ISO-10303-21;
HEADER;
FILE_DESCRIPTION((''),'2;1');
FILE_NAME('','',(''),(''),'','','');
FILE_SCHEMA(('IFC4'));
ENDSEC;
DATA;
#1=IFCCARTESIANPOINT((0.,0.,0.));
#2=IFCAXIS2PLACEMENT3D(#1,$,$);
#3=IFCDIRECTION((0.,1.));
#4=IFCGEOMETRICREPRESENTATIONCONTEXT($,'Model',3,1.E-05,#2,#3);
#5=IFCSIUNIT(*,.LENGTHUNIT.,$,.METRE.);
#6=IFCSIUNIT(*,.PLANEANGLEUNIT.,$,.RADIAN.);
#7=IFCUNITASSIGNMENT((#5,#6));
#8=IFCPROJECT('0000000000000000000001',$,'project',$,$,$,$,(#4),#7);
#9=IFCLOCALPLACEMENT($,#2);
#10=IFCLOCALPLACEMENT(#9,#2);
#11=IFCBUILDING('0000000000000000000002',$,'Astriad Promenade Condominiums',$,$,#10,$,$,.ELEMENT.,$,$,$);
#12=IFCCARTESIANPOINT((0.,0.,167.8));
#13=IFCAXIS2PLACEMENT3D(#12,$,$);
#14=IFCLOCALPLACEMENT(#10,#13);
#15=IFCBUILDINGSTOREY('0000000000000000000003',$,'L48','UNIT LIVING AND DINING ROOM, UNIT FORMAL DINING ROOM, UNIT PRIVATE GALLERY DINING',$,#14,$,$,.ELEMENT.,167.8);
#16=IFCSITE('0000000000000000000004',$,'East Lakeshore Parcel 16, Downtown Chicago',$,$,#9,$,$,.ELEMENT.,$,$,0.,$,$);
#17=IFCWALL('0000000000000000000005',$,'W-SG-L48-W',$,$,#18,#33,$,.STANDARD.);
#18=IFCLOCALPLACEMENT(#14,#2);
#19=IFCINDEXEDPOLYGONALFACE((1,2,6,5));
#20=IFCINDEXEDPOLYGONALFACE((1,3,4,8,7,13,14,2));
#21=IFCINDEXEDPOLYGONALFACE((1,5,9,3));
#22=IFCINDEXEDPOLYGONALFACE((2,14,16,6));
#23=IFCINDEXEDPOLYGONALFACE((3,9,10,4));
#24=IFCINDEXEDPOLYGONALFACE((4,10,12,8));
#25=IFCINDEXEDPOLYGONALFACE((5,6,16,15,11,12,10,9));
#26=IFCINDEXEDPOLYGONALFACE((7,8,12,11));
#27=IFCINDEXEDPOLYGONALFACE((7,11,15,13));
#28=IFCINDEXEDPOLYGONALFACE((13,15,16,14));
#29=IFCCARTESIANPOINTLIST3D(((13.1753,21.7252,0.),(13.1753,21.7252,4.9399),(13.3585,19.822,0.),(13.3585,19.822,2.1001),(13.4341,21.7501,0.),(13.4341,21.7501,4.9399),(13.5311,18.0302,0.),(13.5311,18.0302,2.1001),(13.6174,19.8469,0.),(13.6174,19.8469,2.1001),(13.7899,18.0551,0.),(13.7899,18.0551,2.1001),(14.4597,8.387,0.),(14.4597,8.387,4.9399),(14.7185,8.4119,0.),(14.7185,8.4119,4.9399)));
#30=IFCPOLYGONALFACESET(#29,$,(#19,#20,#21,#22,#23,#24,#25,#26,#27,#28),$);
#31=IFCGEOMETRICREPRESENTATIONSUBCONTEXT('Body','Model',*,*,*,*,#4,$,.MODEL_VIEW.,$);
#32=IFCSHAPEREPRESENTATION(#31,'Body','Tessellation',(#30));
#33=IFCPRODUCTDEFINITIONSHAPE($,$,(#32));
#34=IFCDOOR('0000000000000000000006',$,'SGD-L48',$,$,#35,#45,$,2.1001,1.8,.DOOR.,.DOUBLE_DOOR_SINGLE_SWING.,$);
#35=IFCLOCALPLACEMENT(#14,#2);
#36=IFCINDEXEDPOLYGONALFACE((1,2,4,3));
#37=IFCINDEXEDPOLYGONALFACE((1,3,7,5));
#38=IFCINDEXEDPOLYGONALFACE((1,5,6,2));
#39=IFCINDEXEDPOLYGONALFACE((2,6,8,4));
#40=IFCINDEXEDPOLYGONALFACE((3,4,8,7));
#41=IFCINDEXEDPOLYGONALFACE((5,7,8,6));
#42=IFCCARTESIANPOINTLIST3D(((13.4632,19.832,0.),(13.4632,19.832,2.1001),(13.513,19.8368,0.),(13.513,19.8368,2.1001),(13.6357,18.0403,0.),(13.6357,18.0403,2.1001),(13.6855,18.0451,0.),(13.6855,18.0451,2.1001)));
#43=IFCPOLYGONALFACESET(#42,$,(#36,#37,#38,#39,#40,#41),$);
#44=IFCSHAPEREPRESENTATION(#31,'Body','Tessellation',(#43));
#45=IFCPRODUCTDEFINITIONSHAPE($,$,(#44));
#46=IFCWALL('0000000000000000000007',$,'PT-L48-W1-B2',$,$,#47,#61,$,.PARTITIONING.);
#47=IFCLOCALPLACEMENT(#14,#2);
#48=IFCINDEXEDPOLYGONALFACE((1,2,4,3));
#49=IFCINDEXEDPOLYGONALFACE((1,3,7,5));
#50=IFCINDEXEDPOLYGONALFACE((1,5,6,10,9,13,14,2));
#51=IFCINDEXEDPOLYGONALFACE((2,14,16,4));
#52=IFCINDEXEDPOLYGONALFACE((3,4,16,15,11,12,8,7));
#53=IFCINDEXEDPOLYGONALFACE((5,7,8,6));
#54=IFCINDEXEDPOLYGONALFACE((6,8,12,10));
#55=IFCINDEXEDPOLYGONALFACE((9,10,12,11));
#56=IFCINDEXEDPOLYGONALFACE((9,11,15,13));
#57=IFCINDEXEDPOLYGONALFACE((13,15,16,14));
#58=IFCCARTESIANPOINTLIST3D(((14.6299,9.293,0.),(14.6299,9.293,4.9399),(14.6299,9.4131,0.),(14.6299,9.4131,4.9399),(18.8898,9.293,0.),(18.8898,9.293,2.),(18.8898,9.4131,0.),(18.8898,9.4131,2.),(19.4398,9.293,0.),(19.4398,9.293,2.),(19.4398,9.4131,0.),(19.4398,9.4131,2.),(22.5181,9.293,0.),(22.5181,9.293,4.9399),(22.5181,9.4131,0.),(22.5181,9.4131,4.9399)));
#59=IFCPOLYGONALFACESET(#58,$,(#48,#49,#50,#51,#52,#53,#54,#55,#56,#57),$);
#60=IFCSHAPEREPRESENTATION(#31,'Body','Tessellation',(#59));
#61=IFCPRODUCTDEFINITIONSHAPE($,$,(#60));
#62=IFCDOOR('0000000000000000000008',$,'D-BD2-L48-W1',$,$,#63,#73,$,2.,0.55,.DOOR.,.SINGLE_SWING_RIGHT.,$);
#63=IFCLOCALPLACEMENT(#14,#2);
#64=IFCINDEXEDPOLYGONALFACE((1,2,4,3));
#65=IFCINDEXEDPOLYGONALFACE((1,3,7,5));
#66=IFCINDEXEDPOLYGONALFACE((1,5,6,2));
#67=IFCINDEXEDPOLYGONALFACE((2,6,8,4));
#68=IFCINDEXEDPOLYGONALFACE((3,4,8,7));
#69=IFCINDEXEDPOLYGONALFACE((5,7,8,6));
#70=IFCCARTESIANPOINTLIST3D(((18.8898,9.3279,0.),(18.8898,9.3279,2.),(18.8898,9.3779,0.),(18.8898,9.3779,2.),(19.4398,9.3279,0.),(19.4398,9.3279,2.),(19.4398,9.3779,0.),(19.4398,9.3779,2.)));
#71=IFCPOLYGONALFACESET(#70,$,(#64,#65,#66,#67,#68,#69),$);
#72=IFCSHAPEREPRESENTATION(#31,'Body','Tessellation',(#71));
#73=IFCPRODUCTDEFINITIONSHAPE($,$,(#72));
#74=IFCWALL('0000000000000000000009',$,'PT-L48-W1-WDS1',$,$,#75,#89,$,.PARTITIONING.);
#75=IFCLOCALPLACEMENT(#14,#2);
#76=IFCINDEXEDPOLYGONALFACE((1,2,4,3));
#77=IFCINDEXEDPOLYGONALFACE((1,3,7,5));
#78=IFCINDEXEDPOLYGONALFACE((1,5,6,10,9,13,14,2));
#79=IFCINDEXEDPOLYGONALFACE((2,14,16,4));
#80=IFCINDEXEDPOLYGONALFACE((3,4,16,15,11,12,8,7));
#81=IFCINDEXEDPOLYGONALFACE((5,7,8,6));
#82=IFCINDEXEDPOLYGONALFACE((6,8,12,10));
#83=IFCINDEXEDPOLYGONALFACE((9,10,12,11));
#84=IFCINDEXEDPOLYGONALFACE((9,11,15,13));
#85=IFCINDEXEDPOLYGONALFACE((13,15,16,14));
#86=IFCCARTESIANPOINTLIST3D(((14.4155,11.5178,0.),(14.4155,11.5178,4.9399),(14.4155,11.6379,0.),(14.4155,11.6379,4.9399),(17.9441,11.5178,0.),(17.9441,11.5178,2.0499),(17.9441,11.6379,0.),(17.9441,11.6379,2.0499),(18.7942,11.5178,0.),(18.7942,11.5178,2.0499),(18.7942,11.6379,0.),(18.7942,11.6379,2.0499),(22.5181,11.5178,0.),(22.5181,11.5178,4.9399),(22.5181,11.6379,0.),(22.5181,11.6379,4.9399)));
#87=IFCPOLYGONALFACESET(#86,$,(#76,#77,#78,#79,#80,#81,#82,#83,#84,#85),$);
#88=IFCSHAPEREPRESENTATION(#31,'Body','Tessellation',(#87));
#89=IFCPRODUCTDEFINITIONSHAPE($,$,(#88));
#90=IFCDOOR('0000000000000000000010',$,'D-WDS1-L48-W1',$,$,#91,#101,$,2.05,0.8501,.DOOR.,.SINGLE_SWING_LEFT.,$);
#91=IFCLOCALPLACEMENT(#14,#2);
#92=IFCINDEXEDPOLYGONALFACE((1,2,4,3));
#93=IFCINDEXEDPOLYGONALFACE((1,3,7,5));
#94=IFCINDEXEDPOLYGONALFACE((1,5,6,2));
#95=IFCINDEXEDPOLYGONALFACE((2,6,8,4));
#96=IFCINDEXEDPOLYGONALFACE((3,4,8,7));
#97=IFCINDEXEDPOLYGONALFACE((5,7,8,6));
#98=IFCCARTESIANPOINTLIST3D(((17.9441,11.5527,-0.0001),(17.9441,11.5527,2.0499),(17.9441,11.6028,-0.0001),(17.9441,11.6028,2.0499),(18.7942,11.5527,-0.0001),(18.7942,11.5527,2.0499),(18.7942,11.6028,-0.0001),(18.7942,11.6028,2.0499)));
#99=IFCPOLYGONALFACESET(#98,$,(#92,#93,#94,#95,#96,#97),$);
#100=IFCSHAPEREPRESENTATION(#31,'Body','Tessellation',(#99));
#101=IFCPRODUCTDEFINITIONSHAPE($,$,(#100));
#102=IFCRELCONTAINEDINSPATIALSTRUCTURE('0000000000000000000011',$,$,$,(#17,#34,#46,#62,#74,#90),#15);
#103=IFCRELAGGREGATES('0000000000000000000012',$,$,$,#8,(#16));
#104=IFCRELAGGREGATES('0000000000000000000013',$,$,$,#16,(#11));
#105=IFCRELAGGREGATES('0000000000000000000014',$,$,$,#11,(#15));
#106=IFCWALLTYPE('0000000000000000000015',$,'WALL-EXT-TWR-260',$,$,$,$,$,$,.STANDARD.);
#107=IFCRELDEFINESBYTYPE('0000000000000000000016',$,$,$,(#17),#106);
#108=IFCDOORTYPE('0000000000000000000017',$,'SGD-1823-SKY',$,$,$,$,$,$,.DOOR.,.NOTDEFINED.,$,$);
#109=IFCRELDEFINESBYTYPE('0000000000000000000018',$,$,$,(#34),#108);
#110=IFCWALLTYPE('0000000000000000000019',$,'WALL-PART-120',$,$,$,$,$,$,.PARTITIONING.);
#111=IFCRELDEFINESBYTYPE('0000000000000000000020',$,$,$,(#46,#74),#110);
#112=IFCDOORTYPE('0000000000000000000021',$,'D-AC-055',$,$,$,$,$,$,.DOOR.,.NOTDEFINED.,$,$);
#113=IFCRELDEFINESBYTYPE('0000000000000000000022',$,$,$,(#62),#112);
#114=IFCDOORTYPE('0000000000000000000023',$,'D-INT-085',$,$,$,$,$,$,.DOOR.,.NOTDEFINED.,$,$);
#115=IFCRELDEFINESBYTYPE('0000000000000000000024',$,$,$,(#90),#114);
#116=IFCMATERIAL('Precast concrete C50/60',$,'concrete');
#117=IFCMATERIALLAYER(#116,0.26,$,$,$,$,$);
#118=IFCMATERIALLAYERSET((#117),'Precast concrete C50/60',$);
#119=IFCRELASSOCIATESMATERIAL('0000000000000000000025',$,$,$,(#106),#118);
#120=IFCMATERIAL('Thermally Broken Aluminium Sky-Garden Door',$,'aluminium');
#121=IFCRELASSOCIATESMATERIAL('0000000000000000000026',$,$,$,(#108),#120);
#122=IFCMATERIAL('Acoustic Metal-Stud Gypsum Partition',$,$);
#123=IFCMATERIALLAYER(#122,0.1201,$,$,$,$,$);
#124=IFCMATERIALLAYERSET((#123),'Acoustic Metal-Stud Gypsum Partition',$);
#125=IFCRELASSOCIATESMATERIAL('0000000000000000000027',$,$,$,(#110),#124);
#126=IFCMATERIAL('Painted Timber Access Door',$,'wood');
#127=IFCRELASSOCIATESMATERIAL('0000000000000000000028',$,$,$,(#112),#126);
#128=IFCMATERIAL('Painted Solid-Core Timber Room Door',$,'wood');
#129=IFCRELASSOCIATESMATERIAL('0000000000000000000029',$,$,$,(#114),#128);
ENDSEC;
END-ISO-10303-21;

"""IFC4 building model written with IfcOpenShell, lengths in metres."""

from ifc_helpers import new_model, si_unit, direction, frame, frame_2d, origin, place, context, subcontext, project, spatial, rectangle, extrude, source, transform, mapped, material, layer, layer_set, type_object, type_shapes, element, fill, save


model = new_model("IFC4")

# Units and contexts
model_context = context("Model", 3, precision=1e-05, world=origin(), true_north=direction((0.0, 1.0)))
body_context = subcontext(model_context, "Body", "Model", "MODEL_VIEW")
ifc_project = project(units=[si_unit("LENGTHUNIT", "METRE"), si_unit("PLANEANGLEUNIT", "RADIAN")], contexts=[model_context])

# Site, building, storey
site_placement = place(None, origin())
site = spatial("IfcSite", under=ifc_project, at=site_placement, Name="East Lakeshore Parcel 16, Downtown Chicago", CompositionType="ELEMENT", RefElevation=0.0)
building_placement = place(site_placement, origin())
building = spatial("IfcBuilding", under=site, at=building_placement, Name="Astriad Promenade Condominiums", CompositionType="ELEMENT")
storey_placement = place(building_placement, frame((0.0, 0.0, 167.8)))
storey = spatial("IfcBuildingStorey", under=building, at=storey_placement, Name="L48", Description="UNIT LIVING AND DINING ROOM, UNIT FORMAL DINING ROOM, UNIT PRIVATE GALLERY DINING", CompositionType="ELEMENT", Elevation=167.8)

# Walls, openings, doors
ifc_material_1 = material(Name="Precast concrete C50/60", Category="concrete")
ifc_layer_1 = layer(ifc_material_1, 0.26)
ifc_layer_set_1 = layer_set([ifc_layer_1], Name="Precast concrete C50/60")
wall_type_1 = type_object("IfcWallType", Name="WALL-EXT-TWR-260", PredefinedType="STANDARD", material=ifc_layer_set_1)
wall_1_placement = place(storey_placement, frame((14.5891, 8.3994, 0.0), z_axis=(0.0, 0.0, 1.0), x_axis=(-0.095854, 0.995395, 0.0)))
wall_1 = element("IfcWall", 1, at=wall_1_placement, inside=storey, type_object=wall_type_1, Name="W-SG-L48-W", PredefinedType="STANDARD", context=body_context, shape_type="SweptSolid", body=[
    extrude(rectangle(XDim=13.3999, YDim=0.26, at=frame_2d((6.7, 0.0))), origin(), (0.0, 0.0, 1.0), 4.9399),
])
opening_1_placement = place(wall_1_placement, frame((9.688, 0.0, 0.0)))
opening_1 = element("IfcOpeningElement", 2, at=opening_1_placement, cuts=wall_1, PredefinedType="OPENING", context=body_context, shape_type="SweptSolid", body=[
    extrude(rectangle(XDim=1.8, YDim=2.1001, at=frame_2d((0.8999, 1.05))), frame((0.0, 0.1399, 0.0), z_axis=(0.0, -1.0, 0.0), x_axis=(1.0, 0.0, 0.0)), (0.0, 0.0, 1.0), 0.28),
])
ifc_material_2 = material(Name="Thermally Broken Aluminium Sky-Garden Door", Category="aluminium")
door_type_1 = type_object("IfcDoorType", Name="SGD-1823-SKY", OperationType="NOTDEFINED", PredefinedType="DOOR", material=ifc_material_2)
shared_shape_1 = source(origin(), body_context, "Body", "SweptSolid", [
    extrude(rectangle(XDim=1.8, YDim=2.1001, at=frame_2d((0.8999, 1.05))), frame((0.0, 0.0249, 0.0), z_axis=(0.0, -1.0, 0.0), x_axis=(1.0, 0.0, 0.0)), (0.0, 0.0, 1.0), 0.05),
])
type_shapes(door_type_1, [shared_shape_1])
door_1_placement = place(opening_1_placement, origin())
door_1 = element("IfcDoor", 3, at=door_1_placement, inside=storey, type_object=door_type_1, Name="SGD-L48", OperationType="DOUBLE_DOOR_SINGLE_SWING", OverallHeight=2.1001, OverallWidth=1.8, PredefinedType="DOOR", context=body_context, shape_type="MappedRepresentation", body=[
    mapped(shared_shape_1, transform((0.0, 0.0, 0.0), scale=1.0)),
])
fill(opening_1, door_1)
ifc_material_3 = material(Name="Acoustic Metal-Stud Gypsum Partition")
ifc_layer_2 = layer(ifc_material_3, 0.1201)
ifc_layer_set_2 = layer_set([ifc_layer_2], Name="Acoustic Metal-Stud Gypsum Partition")
wall_type_2 = type_object("IfcWallType", Name="WALL-PART-120", PredefinedType="PARTITIONING", material=ifc_layer_set_2)
wall_2_placement = place(storey_placement, frame((14.6299, 9.353, 0.0), z_axis=(0.0, 0.0, 1.0), x_axis=(1.0, 0.0, 0.0)))
wall_2 = element("IfcWall", 4, at=wall_2_placement, inside=storey, type_object=wall_type_2, Name="PT-L48-W1-B2", PredefinedType="PARTITIONING", context=body_context, shape_type="SweptSolid", body=[
    extrude(rectangle(XDim=7.8882, YDim=0.1201, at=frame_2d((3.9441, 0.0))), origin(), (0.0, 0.0, 1.0), 4.9399),
])
opening_2_placement = place(wall_2_placement, frame((4.26, 0.0, 0.0)))
opening_2 = element("IfcOpeningElement", 5, at=opening_2_placement, cuts=wall_2, PredefinedType="OPENING", context=body_context, shape_type="SweptSolid", body=[
    extrude(rectangle(XDim=0.55, YDim=2.0, at=frame_2d((0.2749, 1.0))), frame((0.0, 0.0701, 0.0), z_axis=(0.0, -1.0, 0.0), x_axis=(1.0, 0.0, 0.0)), (0.0, 0.0, 1.0), 0.1401),
])
ifc_material_4 = material(Name="Painted Timber Access Door", Category="wood")
door_type_2 = type_object("IfcDoorType", Name="D-AC-055", OperationType="NOTDEFINED", PredefinedType="DOOR", material=ifc_material_4)
shared_shape_2 = source(origin(), body_context, "Body", "SweptSolid", [
    extrude(rectangle(XDim=0.55, YDim=2.0, at=frame_2d((0.2749, 1.0))), frame((0.0, 0.0249, 0.0), z_axis=(0.0, -1.0, 0.0), x_axis=(1.0, 0.0, 0.0)), (0.0, 0.0, 1.0), 0.05),
])
type_shapes(door_type_2, [shared_shape_2])
door_2_placement = place(opening_2_placement, origin())
door_2 = element("IfcDoor", 6, at=door_2_placement, inside=storey, type_object=door_type_2, Name="D-BD2-L48-W1", OperationType="SINGLE_SWING_RIGHT", OverallHeight=2.0, OverallWidth=0.55, PredefinedType="DOOR", context=body_context, shape_type="MappedRepresentation", body=[
    mapped(shared_shape_2, transform((0.0, 0.0, 0.0), scale=1.0)),
])
fill(opening_2, door_2)
wall_3_placement = place(storey_placement, frame((14.4155, 11.5779, 0.0), z_axis=(0.0, 0.0, 1.0), x_axis=(1.0, 0.0, 0.0)))
wall_3 = element("IfcWall", 7, at=wall_3_placement, inside=storey, type_object=wall_type_2, Name="PT-L48-W1-WDS1", PredefinedType="PARTITIONING", context=body_context, shape_type="SweptSolid", body=[
    extrude(rectangle(XDim=8.1025, YDim=0.1201, at=frame_2d((4.0513, 0.0))), origin(), (0.0, 0.0, 1.0), 4.9399),
])
opening_3_placement = place(wall_3_placement, frame((3.5286, 0.0, 0.0)))
opening_3 = element("IfcOpeningElement", 8, at=opening_3_placement, cuts=wall_3, PredefinedType="OPENING", context=body_context, shape_type="SweptSolid", body=[
    extrude(rectangle(XDim=0.8501, YDim=2.05, at=frame_2d((0.425, 1.0249))), frame((0.0, 0.0701, 0.0), z_axis=(0.0, -1.0, 0.0), x_axis=(1.0, 0.0, 0.0)), (0.0, 0.0, 1.0), 0.1401),
])
ifc_material_5 = material(Name="Painted Solid-Core Timber Room Door", Category="wood")
door_type_3 = type_object("IfcDoorType", Name="D-INT-085", OperationType="NOTDEFINED", PredefinedType="DOOR", material=ifc_material_5)
shared_shape_3 = source(origin(), body_context, "Body", "SweptSolid", [
    extrude(rectangle(XDim=0.8501, YDim=2.05, at=frame_2d((0.425, 1.0249))), frame((0.0, 0.0249, 0.0), z_axis=(0.0, -1.0, 0.0), x_axis=(1.0, 0.0, 0.0)), (0.0, 0.0, 1.0), 0.05),
])
type_shapes(door_type_3, [shared_shape_3])
door_3_placement = place(opening_3_placement, origin())
door_3 = element("IfcDoor", 9, at=door_3_placement, inside=storey, type_object=door_type_3, Name="D-WDS1-L48-W1", OperationType="SINGLE_SWING_LEFT", OverallHeight=2.05, OverallWidth=0.8501, PredefinedType="DOOR", context=body_context, shape_type="MappedRepresentation", body=[
    mapped(shared_shape_3, transform((0.0, 0.0, 0.0), scale=1.0)),
])
fill(opening_3, door_3)

save(model, "model.ifc")
